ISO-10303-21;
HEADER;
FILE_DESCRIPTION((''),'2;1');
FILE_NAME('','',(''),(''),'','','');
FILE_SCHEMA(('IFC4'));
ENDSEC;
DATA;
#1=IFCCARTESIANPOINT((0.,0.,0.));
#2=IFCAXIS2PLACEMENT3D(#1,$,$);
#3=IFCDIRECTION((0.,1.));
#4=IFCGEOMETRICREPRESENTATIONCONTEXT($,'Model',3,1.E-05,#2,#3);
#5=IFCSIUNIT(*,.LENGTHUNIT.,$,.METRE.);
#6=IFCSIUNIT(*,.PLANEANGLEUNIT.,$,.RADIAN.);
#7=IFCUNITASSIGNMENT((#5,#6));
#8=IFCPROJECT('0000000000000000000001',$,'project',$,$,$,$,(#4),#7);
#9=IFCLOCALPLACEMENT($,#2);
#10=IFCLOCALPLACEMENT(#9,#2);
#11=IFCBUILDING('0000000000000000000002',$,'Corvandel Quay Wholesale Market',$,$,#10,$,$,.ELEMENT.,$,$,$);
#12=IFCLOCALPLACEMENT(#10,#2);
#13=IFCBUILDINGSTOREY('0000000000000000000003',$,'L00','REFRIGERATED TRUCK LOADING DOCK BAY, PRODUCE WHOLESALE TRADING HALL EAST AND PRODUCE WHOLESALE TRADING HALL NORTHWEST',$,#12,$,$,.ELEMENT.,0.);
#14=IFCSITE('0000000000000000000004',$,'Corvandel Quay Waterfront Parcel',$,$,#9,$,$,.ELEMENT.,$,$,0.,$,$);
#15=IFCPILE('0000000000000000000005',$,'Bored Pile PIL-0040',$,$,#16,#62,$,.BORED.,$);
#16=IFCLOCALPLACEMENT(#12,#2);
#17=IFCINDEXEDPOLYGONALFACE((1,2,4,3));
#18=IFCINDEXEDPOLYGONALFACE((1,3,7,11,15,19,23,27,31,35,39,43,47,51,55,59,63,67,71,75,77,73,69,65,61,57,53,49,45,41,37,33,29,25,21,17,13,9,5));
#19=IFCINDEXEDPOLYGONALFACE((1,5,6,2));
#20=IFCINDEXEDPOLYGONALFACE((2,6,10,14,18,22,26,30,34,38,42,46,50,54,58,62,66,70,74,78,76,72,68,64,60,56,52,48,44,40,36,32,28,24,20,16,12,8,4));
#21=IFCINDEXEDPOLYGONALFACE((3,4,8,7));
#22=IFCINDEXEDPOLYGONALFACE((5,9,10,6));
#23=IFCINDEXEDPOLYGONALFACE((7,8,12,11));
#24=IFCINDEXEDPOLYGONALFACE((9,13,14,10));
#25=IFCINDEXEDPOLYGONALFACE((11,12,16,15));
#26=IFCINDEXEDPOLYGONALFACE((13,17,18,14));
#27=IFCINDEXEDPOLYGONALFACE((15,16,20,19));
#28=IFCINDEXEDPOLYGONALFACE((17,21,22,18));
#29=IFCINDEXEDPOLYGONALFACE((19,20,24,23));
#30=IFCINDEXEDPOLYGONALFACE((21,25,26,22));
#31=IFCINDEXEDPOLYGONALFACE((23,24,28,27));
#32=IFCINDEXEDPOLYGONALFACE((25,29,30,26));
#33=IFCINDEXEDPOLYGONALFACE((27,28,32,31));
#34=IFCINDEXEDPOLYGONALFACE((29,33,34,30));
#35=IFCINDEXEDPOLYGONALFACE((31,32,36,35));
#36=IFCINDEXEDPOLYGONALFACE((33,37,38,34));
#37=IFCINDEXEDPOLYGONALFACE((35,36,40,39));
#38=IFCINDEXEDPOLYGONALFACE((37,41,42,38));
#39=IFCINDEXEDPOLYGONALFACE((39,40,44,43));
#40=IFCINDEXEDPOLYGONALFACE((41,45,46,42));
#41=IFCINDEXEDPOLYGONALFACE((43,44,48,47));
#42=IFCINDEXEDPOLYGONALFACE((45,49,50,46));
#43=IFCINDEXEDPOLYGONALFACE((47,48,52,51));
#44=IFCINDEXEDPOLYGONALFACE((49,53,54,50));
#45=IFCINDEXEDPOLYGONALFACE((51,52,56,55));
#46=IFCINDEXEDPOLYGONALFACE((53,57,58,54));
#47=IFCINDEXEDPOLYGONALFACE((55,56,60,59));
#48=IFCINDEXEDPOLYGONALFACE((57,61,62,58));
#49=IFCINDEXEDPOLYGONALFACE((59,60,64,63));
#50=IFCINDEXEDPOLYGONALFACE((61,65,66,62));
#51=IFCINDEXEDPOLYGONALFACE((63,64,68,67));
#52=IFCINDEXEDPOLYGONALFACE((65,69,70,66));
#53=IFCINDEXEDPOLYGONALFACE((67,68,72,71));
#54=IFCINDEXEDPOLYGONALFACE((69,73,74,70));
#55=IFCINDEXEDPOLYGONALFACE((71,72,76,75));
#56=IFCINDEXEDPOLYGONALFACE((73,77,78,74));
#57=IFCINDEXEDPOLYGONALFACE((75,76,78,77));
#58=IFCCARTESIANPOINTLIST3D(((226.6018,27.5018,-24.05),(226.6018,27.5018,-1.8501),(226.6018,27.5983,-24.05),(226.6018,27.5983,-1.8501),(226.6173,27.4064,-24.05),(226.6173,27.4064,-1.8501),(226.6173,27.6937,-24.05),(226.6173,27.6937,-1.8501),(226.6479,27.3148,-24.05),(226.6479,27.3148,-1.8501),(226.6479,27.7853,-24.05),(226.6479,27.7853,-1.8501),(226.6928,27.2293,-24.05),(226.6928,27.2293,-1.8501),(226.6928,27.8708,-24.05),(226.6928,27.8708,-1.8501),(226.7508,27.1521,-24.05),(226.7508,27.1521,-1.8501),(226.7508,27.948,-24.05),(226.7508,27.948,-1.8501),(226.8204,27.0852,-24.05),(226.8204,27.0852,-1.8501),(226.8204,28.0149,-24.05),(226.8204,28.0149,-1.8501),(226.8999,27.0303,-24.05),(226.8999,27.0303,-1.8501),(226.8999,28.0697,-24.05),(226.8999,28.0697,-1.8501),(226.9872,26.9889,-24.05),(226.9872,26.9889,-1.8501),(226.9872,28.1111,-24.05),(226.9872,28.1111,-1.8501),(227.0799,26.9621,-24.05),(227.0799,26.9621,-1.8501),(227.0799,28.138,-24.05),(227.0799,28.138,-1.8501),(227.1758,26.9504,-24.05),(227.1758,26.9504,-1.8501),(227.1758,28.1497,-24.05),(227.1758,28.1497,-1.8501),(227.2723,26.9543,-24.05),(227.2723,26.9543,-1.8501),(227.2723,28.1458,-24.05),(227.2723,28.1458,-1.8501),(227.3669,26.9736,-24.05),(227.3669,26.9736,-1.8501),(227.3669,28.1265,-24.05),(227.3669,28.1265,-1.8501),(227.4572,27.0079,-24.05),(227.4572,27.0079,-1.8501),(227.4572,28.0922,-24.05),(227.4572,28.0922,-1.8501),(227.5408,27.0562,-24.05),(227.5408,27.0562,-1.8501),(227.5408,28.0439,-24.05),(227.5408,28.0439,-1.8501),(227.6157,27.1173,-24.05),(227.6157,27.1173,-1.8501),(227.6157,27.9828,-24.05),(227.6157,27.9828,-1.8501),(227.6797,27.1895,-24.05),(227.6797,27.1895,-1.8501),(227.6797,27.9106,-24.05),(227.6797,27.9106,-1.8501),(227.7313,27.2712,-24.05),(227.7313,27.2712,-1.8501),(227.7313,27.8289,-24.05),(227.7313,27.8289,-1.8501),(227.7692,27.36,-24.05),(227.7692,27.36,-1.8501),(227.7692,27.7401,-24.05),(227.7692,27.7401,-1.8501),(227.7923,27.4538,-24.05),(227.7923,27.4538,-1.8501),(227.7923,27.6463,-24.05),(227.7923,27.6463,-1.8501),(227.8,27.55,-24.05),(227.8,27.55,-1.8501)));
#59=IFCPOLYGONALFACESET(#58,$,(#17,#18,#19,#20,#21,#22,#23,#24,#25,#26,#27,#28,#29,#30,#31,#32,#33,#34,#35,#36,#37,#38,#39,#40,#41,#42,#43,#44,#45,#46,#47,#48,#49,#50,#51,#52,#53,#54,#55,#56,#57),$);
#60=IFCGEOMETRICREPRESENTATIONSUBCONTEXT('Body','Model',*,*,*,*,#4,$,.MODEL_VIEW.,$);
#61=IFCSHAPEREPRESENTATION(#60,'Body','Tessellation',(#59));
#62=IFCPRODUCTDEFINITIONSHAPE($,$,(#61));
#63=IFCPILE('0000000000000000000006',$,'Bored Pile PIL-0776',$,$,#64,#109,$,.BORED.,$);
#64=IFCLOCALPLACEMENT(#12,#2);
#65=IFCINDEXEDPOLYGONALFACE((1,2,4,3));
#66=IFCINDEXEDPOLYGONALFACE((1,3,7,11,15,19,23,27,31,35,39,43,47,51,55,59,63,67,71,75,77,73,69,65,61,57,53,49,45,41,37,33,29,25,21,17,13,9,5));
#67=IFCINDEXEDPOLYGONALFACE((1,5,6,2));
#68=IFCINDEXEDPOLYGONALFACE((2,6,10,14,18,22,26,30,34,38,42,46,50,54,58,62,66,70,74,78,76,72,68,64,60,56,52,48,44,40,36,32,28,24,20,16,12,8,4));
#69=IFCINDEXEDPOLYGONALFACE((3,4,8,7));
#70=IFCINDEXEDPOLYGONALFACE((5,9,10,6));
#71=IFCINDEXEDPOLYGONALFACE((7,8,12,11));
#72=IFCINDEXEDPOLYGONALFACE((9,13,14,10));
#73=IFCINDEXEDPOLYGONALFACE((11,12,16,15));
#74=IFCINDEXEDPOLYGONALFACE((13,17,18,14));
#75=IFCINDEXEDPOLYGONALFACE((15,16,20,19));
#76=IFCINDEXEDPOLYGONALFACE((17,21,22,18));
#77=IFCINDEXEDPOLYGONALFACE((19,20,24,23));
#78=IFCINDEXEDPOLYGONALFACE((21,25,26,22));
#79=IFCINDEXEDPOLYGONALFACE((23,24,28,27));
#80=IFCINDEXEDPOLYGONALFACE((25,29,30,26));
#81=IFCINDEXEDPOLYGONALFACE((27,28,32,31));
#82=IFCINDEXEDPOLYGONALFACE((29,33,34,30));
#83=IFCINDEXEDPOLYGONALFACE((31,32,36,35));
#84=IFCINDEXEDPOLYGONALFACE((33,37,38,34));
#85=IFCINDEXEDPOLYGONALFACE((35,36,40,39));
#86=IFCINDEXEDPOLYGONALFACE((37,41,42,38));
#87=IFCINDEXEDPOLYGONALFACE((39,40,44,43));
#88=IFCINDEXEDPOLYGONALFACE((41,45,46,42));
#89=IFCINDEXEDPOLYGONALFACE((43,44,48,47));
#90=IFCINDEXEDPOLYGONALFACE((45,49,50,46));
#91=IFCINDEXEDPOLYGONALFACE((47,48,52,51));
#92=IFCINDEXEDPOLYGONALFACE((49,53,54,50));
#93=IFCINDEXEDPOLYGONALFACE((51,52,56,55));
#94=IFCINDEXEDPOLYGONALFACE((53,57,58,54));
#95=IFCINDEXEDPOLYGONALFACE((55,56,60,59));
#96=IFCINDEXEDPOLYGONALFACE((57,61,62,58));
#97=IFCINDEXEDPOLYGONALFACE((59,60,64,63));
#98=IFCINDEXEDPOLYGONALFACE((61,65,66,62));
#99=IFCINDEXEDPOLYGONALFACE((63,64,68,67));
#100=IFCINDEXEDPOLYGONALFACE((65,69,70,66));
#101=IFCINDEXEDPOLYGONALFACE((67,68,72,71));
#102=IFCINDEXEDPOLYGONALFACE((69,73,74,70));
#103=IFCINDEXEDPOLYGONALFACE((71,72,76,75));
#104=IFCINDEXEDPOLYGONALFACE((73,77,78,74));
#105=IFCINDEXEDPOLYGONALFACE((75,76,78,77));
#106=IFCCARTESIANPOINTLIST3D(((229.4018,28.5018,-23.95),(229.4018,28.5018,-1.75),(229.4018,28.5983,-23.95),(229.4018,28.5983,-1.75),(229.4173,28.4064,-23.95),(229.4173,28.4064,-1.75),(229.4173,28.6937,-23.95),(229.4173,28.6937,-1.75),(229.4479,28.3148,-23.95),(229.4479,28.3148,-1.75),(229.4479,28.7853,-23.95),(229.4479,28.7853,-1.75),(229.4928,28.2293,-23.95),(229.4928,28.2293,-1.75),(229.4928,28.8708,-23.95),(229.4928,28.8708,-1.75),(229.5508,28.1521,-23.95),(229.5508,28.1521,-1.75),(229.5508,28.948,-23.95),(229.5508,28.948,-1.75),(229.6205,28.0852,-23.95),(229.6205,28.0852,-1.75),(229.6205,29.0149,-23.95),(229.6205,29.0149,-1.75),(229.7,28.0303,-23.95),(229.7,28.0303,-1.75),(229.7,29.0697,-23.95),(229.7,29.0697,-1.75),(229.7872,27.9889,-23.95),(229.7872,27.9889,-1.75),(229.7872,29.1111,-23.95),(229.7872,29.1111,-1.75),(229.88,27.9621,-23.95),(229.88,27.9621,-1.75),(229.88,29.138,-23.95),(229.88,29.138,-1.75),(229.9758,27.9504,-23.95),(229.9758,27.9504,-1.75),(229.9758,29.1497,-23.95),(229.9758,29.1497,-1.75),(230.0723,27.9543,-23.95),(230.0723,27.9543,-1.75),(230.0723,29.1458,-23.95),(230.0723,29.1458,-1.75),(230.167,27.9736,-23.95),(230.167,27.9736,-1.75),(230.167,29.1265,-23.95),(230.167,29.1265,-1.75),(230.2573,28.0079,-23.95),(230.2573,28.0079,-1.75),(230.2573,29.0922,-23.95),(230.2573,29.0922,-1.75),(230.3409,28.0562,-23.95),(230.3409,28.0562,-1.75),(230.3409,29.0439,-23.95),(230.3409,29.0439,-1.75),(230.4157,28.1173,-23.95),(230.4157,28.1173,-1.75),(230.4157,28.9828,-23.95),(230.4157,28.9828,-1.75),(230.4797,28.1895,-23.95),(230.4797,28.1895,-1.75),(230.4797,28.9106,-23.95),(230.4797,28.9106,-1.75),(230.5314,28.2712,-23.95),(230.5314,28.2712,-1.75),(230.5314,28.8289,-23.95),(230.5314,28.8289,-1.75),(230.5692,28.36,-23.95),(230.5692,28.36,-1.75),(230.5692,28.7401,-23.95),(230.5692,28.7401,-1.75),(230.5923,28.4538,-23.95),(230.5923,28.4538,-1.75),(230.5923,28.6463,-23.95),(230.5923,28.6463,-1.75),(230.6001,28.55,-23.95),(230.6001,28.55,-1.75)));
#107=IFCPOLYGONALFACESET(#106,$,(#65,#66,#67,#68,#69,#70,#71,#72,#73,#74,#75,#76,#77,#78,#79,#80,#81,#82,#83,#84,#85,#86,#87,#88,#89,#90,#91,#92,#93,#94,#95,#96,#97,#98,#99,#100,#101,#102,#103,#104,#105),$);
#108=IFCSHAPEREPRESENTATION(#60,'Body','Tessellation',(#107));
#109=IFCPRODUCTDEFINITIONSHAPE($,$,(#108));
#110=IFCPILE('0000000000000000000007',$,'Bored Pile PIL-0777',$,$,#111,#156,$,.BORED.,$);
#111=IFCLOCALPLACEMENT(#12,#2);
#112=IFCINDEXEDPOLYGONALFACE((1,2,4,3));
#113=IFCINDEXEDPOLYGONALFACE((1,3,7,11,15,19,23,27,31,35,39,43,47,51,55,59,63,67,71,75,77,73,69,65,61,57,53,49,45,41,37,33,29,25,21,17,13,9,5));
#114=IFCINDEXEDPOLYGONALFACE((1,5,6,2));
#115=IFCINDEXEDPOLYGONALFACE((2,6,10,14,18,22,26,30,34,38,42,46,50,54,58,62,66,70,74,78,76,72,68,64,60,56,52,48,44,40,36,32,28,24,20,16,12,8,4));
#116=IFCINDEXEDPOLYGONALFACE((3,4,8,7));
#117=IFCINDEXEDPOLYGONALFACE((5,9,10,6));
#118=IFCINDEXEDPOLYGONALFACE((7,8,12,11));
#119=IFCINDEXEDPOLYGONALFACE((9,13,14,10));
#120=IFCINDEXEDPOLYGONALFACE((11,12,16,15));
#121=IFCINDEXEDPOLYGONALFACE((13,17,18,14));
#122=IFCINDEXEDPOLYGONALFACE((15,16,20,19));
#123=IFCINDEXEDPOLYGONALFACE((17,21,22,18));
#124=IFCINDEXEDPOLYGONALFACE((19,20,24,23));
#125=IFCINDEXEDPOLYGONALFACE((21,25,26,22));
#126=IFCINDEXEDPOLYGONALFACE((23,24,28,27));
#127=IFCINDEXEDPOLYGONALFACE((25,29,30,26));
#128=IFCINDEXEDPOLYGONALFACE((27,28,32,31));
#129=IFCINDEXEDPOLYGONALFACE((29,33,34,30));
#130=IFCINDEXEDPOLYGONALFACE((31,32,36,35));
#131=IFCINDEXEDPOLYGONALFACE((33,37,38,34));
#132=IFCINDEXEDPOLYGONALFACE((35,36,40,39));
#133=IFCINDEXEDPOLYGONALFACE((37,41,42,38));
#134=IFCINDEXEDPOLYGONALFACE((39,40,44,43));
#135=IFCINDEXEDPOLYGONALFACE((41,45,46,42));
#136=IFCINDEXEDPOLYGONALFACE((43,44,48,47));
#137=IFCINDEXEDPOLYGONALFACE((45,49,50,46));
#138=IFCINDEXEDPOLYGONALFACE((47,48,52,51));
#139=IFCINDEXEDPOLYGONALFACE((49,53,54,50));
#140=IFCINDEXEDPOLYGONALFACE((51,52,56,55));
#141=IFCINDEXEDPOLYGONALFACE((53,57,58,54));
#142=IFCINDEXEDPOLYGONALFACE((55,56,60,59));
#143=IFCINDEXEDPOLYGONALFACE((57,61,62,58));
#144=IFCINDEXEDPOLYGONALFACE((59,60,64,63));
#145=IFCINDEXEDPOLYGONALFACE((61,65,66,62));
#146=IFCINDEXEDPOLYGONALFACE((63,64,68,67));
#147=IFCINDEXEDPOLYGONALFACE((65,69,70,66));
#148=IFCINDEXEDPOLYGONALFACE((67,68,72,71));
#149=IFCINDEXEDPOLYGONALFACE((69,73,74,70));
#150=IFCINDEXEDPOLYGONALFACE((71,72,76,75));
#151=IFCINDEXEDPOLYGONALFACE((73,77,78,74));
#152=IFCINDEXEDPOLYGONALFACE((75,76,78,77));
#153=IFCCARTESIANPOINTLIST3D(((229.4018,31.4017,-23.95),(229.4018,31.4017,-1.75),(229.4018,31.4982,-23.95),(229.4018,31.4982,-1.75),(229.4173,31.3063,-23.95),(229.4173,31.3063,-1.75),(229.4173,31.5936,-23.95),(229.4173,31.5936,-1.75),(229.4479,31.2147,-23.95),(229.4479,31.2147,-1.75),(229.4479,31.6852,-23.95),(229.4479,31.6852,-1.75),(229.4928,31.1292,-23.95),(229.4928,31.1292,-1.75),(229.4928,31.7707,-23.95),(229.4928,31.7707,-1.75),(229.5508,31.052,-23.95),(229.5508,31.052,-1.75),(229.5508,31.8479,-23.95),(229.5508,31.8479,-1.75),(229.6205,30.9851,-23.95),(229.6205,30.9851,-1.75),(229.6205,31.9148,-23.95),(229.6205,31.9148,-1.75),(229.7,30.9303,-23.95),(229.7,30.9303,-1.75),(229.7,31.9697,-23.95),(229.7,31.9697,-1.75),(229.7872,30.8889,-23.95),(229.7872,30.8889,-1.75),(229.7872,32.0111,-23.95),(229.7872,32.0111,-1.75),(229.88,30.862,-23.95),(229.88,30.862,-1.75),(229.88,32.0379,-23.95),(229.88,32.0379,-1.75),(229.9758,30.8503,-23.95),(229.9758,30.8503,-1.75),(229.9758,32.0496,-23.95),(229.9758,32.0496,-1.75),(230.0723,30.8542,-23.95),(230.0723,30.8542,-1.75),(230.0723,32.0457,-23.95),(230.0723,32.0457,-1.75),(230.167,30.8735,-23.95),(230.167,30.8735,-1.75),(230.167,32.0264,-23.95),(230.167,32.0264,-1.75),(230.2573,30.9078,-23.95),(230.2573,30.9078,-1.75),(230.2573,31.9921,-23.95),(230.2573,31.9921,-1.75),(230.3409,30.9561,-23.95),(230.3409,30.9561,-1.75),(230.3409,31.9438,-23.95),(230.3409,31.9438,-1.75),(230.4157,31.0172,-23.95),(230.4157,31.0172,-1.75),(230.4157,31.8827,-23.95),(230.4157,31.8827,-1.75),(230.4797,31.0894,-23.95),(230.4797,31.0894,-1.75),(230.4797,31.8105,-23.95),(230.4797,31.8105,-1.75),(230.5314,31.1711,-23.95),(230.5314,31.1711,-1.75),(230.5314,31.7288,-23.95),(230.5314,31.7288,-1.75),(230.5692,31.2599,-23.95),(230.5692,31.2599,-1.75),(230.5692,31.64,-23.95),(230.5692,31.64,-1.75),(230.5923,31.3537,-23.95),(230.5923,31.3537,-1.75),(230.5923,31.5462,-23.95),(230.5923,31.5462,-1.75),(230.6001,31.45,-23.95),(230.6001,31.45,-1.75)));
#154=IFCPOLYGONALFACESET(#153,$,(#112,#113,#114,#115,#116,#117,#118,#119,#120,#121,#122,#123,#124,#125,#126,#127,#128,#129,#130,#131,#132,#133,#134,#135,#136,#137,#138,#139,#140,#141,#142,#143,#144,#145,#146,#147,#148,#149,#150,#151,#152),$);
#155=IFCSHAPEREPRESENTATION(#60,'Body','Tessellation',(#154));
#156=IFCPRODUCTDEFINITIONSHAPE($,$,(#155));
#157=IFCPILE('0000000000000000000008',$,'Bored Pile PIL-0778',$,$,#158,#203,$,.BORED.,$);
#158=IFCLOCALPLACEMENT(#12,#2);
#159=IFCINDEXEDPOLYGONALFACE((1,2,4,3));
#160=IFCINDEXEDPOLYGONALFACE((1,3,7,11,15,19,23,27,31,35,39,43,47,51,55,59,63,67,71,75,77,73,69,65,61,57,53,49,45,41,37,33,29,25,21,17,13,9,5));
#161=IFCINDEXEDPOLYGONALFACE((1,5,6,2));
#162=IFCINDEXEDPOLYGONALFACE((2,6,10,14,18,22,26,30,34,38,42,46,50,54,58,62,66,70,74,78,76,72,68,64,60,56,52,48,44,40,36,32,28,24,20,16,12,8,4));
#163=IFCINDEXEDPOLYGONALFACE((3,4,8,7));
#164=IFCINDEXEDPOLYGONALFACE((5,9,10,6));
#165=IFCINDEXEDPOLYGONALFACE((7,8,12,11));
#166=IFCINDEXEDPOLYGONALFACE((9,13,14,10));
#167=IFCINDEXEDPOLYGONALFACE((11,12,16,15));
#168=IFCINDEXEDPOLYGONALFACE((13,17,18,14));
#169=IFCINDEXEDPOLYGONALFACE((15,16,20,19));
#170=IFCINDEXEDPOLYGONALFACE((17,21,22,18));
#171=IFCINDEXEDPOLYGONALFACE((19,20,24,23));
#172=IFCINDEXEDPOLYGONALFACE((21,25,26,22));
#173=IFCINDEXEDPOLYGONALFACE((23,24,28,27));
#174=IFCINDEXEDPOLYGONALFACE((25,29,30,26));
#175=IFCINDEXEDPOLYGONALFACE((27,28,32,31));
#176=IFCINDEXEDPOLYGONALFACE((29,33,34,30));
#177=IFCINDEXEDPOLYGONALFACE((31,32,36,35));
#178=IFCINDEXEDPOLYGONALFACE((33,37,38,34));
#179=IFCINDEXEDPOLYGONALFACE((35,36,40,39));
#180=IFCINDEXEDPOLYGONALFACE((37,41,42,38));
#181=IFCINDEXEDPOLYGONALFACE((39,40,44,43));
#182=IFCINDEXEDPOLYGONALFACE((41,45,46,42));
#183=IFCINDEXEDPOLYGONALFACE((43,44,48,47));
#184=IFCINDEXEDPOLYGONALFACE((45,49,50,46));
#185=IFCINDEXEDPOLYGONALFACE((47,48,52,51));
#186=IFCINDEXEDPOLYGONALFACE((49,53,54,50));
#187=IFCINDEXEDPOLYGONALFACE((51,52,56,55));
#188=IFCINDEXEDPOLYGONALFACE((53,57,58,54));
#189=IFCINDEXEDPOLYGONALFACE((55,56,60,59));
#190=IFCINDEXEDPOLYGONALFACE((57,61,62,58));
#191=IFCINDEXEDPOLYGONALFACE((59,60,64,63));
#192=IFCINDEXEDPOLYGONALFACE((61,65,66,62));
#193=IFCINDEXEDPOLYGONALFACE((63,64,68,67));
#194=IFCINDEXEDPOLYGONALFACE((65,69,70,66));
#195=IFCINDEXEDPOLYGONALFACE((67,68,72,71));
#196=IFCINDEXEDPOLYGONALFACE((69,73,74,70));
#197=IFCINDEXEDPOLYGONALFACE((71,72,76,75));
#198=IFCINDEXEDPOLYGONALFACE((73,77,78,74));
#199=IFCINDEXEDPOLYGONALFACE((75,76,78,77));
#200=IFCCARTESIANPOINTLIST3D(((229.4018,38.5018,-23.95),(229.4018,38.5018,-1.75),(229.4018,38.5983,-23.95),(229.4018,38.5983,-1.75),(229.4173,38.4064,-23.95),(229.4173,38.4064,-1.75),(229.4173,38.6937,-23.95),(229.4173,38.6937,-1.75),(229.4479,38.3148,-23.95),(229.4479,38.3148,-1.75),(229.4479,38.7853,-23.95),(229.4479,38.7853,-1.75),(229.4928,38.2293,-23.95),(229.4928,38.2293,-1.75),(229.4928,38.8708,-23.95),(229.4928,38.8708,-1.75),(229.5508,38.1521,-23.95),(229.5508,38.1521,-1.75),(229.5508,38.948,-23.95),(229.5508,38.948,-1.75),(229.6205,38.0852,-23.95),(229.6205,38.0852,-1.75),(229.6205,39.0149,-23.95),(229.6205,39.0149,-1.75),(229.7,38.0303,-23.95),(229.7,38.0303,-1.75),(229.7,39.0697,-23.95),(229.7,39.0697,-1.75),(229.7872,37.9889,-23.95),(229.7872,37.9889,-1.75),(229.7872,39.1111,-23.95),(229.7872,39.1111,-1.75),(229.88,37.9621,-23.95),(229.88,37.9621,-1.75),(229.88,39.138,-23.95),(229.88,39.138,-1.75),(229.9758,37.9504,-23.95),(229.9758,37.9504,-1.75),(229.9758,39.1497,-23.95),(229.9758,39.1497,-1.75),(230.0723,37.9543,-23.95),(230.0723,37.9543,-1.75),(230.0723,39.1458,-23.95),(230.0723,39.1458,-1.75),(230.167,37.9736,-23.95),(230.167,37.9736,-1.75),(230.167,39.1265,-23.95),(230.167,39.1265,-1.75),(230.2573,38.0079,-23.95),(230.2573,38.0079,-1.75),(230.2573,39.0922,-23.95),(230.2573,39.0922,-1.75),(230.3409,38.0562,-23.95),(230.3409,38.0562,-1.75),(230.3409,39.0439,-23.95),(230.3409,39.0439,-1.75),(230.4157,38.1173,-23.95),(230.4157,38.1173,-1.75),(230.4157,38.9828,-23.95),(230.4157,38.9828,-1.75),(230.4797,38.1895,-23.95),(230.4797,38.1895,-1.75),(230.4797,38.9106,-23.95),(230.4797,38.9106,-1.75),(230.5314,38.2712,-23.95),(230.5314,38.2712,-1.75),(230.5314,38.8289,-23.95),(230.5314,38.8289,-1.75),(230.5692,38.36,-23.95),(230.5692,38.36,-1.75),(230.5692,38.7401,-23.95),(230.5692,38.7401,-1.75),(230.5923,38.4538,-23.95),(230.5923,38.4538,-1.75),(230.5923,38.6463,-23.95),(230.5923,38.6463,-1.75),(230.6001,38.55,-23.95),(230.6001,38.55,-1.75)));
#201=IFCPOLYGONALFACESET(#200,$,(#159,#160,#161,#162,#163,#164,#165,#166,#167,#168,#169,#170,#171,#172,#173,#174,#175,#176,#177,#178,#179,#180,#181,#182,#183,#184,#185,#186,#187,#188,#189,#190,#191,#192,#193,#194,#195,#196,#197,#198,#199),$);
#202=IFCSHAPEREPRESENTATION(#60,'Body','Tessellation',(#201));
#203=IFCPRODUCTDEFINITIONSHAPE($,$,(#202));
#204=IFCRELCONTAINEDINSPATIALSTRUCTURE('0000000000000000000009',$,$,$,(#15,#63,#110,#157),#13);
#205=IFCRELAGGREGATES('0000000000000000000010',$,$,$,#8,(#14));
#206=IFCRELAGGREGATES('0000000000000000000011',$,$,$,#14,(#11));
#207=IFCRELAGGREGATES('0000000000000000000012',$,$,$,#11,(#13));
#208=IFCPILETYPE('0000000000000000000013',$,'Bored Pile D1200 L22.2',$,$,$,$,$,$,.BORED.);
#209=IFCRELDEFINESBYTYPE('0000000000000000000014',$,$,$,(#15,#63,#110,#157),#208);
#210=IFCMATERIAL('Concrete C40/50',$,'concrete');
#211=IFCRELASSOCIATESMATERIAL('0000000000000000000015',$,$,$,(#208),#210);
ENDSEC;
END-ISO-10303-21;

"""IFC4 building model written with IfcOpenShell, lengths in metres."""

from ifc_helpers import new_model, si_unit, direction, frame, origin, origin_2d, place, context, subcontext, project, spatial, circle, extrude, material, material_profile, profile_set, type_object, element, save


model = new_model("IFC4")

# Units and contexts
model_context = context("Model", 3, precision=1e-05, world=origin(), true_north=direction((0.0, 1.0)))
body_context = subcontext(model_context, "Body", "Model", "MODEL_VIEW")
ifc_project = project(units=[si_unit("LENGTHUNIT", "METRE"), si_unit("PLANEANGLEUNIT", "RADIAN")], contexts=[model_context])

# Site, building, storey
site_placement = place(None, origin())
site = spatial("IfcSite", under=ifc_project, at=site_placement, Name="Corvandel Quay Waterfront Parcel", CompositionType="ELEMENT", RefElevation=0.0)
building_placement = place(site_placement, origin())
building = spatial("IfcBuilding", under=site, at=building_placement, Name="Corvandel Quay Wholesale Market", CompositionType="ELEMENT")
storey_placement = place(building_placement, origin())
storey = spatial("IfcBuildingStorey", under=building, at=storey_placement, Name="L00", Description="REFRIGERATED TRUCK LOADING DOCK BAY, PRODUCE WHOLESALE TRADING HALL EAST AND PRODUCE WHOLESALE TRADING HALL NORTHWEST", CompositionType="ELEMENT", Elevation=0.0)

# Piles
ifc_material_1 = material(Name="Concrete C40/50", Category="concrete")
ifc_material_profile_1 = material_profile(ifc_material_1, circle(Radius=0.6001, at=origin_2d()), Name="RC-PILE-D1200")
ifc_profile_set_1 = profile_set([ifc_material_profile_1], Name="Concrete C40/50")
pile_type = type_object("IfcPileType", Name="Bored Pile D1200 L22.2", PredefinedType="BORED", material=ifc_profile_set_1)
for number, where, z_axis, x_axis, name in (
    (1, (227.2, 27.55, -1.8501), (0.0, 0.0, -1.0), (1.0, 0.0, 0.0), "Bored Pile PIL-0040"),
    (2, (230.0, 28.55, -1.75), (0.0, 0.0, -1.0), (1.0, 0.0, 0.0), "Bored Pile PIL-0776"),
    (3, (230.0, 31.45, -1.75), (0.0, 0.0, -1.0), (1.0, 0.0, 0.0), "Bored Pile PIL-0777"),
    (4, (230.0, 38.55, -1.75), (0.0, 0.0, -1.0), (1.0, 0.0, 0.0), "Bored Pile PIL-0778"),
):
    element("IfcPile", number, at=place(storey_placement, frame(where, z_axis=z_axis, x_axis=x_axis)), inside=storey, type_object=pile_type, Name=name, PredefinedType="BORED", context=body_context, shape_type="SweptSolid", body=[
        extrude(circle(Radius=0.6001, at=origin_2d()), origin(), (0.0, 0.0, 1.0), 22.2),
    ])

save(model, "model.ifc")
